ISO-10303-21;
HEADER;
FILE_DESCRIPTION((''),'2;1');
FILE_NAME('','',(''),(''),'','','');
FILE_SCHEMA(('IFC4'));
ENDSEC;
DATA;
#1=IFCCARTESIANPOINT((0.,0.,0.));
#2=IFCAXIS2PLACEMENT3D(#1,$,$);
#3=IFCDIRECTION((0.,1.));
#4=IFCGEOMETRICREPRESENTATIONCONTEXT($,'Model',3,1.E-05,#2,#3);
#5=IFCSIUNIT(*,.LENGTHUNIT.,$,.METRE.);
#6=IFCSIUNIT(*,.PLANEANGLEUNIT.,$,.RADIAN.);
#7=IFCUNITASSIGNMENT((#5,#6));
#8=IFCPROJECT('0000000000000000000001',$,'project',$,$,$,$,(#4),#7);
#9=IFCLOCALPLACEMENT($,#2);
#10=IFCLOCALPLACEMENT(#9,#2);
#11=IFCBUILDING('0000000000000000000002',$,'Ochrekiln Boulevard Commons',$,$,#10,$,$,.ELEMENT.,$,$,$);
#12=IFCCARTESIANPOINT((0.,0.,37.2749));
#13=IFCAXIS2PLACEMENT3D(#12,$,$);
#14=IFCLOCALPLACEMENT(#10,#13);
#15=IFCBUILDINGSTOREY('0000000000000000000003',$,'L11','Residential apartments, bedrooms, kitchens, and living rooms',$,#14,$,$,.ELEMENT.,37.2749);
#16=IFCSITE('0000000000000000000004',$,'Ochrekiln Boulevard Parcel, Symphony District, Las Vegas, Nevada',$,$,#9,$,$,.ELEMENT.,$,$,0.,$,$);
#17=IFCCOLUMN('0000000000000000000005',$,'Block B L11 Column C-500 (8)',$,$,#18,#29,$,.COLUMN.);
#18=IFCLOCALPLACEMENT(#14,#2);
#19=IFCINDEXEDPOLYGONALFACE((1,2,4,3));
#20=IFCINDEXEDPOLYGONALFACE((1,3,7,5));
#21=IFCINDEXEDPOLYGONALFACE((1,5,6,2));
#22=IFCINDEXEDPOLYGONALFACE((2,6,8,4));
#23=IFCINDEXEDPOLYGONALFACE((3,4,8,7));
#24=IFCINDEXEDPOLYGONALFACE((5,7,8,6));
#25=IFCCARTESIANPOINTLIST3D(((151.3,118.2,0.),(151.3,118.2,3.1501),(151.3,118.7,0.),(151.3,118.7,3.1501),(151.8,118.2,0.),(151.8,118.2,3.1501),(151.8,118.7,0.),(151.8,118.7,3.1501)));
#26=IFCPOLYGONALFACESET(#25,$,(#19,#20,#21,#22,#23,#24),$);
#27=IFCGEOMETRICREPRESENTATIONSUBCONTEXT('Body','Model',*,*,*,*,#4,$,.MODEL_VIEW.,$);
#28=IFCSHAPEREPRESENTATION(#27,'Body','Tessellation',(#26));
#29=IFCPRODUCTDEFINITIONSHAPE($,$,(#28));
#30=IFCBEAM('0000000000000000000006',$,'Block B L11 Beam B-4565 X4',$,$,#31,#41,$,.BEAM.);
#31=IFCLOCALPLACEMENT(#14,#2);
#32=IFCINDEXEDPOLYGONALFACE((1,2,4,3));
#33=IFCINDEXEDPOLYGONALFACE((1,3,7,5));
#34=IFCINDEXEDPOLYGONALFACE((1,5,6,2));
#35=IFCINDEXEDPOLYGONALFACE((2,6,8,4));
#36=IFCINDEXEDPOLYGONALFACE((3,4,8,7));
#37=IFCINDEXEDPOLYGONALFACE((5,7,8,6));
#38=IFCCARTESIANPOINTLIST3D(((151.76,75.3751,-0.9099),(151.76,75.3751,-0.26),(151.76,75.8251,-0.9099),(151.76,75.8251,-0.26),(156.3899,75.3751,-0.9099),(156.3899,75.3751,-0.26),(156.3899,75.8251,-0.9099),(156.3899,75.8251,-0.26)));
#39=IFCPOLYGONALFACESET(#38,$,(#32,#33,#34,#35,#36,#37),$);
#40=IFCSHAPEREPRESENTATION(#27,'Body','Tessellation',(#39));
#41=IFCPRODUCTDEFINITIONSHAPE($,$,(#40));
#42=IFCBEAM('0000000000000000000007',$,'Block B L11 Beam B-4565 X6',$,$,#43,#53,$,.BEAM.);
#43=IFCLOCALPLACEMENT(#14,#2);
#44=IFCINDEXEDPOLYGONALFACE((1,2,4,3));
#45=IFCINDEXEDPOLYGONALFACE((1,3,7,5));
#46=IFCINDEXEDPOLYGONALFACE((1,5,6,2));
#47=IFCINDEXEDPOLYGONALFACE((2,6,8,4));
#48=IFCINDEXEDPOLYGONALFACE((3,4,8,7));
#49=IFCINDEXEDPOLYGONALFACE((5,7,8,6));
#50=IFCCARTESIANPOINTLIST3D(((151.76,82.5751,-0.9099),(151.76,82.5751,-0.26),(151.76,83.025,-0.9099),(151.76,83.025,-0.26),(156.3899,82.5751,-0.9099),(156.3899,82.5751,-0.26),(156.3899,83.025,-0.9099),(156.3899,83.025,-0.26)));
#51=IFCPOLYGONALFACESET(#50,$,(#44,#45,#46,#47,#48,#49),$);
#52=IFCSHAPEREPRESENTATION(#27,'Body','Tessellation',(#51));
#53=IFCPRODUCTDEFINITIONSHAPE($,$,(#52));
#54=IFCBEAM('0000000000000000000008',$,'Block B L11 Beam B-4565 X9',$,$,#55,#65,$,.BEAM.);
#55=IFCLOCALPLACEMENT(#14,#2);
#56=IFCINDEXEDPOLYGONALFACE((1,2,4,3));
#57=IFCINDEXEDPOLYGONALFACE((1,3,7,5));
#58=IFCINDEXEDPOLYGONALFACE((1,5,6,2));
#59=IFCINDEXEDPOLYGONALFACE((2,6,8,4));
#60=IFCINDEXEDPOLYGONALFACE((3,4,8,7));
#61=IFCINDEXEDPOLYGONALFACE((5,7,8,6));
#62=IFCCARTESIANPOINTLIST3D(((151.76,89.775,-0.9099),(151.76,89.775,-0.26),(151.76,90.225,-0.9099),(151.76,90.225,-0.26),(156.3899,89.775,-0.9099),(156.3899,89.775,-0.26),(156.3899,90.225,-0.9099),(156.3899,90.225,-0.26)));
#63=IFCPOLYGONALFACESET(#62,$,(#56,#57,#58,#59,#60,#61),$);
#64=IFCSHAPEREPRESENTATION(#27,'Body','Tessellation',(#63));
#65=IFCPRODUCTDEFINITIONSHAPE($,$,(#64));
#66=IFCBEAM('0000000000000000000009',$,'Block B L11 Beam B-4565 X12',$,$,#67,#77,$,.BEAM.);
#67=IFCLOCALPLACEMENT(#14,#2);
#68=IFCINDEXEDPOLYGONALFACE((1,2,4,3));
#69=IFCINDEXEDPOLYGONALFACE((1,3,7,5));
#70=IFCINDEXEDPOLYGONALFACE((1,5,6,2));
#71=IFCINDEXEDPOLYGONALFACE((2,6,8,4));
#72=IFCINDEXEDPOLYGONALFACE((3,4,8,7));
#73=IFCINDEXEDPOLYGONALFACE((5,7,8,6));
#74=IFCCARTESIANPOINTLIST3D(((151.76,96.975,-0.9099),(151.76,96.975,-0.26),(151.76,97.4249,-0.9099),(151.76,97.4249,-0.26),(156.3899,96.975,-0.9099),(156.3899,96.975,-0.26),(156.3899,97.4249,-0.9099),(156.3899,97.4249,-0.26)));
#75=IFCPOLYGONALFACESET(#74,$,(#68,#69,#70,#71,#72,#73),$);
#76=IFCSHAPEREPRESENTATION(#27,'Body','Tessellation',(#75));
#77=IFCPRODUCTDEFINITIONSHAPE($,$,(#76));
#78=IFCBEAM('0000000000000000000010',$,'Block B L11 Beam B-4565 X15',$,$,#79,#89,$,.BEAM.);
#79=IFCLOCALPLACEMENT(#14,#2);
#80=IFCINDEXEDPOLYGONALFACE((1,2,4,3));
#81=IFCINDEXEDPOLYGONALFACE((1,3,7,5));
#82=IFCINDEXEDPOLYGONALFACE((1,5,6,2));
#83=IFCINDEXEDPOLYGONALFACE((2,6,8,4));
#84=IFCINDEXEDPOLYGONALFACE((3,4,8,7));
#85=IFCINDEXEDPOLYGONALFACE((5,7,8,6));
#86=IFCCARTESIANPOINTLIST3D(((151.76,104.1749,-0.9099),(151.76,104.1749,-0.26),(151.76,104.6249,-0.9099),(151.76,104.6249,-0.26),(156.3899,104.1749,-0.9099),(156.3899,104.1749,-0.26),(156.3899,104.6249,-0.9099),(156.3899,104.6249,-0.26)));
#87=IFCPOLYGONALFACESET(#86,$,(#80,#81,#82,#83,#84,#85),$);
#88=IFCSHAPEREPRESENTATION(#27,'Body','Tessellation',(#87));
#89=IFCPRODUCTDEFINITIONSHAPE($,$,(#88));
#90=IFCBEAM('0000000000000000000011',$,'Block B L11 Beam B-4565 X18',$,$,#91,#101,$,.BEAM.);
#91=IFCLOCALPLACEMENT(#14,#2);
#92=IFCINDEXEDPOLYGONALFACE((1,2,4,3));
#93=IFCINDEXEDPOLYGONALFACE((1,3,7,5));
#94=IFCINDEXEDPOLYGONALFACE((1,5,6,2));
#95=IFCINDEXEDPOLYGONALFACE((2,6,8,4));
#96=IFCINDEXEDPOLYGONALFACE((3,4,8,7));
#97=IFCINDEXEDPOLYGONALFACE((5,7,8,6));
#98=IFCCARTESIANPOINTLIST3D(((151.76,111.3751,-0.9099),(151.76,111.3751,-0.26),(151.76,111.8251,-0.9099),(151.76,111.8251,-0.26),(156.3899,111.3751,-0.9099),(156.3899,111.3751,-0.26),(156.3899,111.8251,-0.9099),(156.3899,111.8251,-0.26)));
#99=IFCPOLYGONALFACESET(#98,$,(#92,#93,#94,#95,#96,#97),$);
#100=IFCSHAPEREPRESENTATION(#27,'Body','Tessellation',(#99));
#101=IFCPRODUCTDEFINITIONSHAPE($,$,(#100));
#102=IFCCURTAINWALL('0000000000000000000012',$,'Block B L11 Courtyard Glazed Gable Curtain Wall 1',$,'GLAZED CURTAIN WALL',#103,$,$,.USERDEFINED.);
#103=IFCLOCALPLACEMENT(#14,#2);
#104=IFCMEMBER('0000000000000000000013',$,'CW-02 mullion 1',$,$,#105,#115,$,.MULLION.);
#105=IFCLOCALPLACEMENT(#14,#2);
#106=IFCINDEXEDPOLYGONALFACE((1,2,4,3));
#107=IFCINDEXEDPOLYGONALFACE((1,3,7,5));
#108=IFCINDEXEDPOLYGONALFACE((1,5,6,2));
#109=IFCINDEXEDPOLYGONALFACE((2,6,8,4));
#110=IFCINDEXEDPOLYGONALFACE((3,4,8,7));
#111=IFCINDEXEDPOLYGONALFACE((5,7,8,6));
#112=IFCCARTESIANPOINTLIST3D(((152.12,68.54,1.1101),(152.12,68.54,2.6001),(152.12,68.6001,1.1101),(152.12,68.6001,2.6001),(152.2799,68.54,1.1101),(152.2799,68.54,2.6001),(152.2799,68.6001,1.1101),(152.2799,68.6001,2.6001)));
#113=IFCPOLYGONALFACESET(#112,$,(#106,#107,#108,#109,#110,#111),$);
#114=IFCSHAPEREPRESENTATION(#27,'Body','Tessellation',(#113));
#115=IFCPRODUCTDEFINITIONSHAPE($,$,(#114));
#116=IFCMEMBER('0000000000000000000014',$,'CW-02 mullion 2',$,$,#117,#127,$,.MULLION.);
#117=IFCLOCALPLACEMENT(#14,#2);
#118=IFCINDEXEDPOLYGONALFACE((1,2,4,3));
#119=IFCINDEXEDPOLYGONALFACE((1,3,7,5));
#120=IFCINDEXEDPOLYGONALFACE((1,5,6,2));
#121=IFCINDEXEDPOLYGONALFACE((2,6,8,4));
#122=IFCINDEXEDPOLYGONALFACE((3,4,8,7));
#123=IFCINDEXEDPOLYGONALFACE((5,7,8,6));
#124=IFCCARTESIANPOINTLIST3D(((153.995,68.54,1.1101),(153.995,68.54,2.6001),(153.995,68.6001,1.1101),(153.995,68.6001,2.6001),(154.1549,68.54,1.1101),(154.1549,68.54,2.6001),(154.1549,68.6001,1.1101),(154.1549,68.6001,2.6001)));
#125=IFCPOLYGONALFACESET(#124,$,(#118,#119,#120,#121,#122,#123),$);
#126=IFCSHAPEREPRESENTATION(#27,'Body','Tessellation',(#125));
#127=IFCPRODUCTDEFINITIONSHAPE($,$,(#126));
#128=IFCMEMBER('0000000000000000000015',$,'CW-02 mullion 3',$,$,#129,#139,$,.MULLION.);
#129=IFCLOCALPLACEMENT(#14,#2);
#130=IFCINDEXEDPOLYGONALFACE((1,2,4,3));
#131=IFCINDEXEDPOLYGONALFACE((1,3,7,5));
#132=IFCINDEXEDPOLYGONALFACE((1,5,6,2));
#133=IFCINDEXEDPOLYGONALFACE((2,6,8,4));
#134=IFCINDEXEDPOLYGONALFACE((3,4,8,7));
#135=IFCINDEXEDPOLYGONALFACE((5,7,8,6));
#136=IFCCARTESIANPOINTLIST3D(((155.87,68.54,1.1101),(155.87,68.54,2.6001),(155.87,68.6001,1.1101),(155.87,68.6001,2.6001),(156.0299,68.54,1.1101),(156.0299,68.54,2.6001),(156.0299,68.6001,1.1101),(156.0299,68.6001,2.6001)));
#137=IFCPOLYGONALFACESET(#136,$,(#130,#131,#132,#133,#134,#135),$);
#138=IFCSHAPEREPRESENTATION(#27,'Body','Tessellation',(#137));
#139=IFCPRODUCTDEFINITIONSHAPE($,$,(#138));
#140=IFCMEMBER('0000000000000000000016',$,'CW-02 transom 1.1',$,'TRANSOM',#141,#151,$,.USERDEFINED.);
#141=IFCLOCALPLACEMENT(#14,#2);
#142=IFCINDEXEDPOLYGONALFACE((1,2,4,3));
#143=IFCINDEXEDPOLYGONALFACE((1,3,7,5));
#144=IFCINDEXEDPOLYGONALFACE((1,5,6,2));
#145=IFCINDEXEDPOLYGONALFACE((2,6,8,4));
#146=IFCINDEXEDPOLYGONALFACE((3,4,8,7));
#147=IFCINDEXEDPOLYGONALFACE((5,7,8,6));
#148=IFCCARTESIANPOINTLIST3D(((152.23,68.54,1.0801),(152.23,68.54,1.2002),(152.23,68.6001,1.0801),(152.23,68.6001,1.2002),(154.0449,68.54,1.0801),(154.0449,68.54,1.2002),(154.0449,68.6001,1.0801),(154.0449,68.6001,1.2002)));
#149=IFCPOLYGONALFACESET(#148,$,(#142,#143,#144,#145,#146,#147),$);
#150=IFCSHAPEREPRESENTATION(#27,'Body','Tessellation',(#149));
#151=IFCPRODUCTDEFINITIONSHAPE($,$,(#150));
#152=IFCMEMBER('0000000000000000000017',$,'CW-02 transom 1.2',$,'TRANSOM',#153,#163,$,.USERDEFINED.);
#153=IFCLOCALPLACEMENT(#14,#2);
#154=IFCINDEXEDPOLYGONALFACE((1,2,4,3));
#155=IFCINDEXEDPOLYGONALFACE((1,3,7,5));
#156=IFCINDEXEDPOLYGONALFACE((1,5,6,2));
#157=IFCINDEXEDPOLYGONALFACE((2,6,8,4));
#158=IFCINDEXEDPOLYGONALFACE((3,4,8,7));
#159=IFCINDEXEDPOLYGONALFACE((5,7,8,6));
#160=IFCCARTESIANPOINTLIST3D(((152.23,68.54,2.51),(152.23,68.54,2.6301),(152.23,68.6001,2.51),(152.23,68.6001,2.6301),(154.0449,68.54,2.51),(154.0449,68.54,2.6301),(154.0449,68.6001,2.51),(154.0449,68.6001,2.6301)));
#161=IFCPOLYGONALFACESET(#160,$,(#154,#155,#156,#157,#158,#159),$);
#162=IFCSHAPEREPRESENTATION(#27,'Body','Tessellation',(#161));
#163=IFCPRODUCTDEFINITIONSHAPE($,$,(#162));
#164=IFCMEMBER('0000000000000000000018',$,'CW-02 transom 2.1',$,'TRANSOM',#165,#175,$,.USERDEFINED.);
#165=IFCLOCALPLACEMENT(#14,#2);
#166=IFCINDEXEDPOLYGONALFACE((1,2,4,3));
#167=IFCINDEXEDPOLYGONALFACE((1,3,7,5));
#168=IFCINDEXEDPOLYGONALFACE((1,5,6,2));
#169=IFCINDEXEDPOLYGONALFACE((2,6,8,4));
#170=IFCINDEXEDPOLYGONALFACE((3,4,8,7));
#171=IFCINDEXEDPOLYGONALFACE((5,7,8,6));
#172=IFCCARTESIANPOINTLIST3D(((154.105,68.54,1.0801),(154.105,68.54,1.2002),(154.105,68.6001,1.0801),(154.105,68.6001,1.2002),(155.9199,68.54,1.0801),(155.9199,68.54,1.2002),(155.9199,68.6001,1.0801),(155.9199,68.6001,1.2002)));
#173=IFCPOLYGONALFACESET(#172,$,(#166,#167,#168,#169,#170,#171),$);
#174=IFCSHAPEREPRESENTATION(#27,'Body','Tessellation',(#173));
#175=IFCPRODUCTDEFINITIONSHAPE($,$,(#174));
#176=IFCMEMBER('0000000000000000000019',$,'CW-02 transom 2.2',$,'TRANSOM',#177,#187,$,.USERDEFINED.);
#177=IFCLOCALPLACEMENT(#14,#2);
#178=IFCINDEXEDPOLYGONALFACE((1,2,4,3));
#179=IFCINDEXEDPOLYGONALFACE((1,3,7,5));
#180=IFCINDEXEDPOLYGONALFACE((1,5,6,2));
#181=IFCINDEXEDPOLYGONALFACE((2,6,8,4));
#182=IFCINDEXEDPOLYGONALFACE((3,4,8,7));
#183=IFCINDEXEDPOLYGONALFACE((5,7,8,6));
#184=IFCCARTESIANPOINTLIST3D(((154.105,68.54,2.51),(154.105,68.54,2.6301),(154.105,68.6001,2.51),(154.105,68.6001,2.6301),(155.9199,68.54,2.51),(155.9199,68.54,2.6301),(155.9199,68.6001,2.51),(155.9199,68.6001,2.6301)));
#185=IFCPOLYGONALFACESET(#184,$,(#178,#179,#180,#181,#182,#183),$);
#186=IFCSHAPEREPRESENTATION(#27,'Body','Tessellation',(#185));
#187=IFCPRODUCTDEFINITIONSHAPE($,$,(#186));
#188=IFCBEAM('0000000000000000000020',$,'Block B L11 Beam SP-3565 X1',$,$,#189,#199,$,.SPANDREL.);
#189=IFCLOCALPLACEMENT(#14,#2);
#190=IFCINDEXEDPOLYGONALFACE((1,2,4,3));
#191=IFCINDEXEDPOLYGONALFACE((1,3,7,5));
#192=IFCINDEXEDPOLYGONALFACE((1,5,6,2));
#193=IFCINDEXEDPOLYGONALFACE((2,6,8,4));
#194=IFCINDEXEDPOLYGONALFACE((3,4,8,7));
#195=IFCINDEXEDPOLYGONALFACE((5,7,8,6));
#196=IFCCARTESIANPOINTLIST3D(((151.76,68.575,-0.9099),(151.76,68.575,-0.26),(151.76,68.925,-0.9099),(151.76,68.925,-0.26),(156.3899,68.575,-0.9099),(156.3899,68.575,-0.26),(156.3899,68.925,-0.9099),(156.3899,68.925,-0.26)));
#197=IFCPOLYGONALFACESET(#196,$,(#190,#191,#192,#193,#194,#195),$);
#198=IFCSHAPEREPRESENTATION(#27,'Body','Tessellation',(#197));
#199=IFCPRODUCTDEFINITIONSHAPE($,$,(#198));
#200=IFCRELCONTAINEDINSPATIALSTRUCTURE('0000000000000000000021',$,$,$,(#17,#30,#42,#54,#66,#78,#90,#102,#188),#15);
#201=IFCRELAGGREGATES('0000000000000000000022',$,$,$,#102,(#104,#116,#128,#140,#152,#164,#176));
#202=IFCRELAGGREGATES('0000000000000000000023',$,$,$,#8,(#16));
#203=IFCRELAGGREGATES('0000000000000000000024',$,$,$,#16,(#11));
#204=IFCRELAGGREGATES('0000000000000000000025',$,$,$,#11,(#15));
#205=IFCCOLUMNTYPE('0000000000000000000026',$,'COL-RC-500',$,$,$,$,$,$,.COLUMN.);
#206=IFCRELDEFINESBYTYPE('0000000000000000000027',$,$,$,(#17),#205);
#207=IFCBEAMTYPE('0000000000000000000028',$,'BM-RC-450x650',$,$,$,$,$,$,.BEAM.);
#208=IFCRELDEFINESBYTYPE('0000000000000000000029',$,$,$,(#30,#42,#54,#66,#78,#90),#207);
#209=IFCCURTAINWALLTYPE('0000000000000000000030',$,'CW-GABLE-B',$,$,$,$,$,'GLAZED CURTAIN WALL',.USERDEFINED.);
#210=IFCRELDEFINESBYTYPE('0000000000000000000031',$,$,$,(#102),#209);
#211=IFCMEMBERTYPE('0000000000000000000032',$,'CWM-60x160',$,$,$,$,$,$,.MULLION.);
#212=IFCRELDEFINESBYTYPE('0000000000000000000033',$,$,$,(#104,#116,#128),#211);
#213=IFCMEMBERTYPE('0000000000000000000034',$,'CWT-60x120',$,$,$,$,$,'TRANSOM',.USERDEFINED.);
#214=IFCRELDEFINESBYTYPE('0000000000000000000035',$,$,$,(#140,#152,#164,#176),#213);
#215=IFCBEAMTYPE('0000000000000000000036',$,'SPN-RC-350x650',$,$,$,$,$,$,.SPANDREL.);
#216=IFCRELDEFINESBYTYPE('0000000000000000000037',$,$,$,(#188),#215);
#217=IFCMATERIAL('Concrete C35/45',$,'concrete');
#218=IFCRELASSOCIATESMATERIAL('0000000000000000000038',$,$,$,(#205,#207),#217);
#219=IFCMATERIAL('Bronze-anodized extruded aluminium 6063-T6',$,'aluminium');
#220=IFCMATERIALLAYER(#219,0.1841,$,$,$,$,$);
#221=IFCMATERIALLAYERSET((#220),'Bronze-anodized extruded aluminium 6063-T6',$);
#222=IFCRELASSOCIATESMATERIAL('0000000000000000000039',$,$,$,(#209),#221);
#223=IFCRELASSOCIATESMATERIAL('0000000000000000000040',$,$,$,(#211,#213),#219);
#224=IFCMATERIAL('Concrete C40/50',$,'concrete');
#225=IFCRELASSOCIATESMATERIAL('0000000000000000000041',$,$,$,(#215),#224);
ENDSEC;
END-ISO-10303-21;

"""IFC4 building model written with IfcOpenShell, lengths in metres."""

from ifc_helpers import new_model, si_unit, direction, frame, origin, origin_2d, place, context, subcontext, project, spatial, rectangle, extrude, material, layer, layer_set, material_profile, profile_set, type_object, element, aggregate, save


model = new_model("IFC4")

# Units and contexts
model_context = context("Model", 3, precision=1e-05, world=origin(), true_north=direction((0.0, 1.0)))
body_context = subcontext(model_context, "Body", "Model", "MODEL_VIEW")
ifc_project = project(units=[si_unit("LENGTHUNIT", "METRE"), si_unit("PLANEANGLEUNIT", "RADIAN")], contexts=[model_context])

# Site, building, storey
site_placement = place(None, origin())
site = spatial("IfcSite", under=ifc_project, at=site_placement, Name="Ochrekiln Boulevard Parcel, Symphony District, Las Vegas, Nevada", CompositionType="ELEMENT", RefElevation=0.0)
building_placement = place(site_placement, origin())
building = spatial("IfcBuilding", under=site, at=building_placement, Name="Ochrekiln Boulevard Commons", CompositionType="ELEMENT")
storey_placement = place(building_placement, frame((0.0, 0.0, 37.2749)))
storey = spatial("IfcBuildingStorey", under=building, at=storey_placement, Name="L11", Description="Residential apartments, bedrooms, kitchens, and living rooms", CompositionType="ELEMENT", Elevation=37.2749)

# Column
ifc_material_1 = material(Name="Concrete C35/45", Category="concrete")
ifc_material_profile_1 = material_profile(ifc_material_1, rectangle(XDim=0.5, YDim=0.5, at=origin_2d()), Name="RC-COL-500x500")
ifc_profile_set_1 = profile_set([ifc_material_profile_1], Name="Concrete C35/45")
column_type = type_object("IfcColumnType", Name="COL-RC-500", PredefinedType="COLUMN", material=ifc_profile_set_1)
column_placement = place(storey_placement, frame((151.55, 118.45, 0.0), z_axis=(0.0, 0.0, 1.0), x_axis=(1.0, 0.0, 0.0)))
element("IfcColumn", 1, at=column_placement, inside=storey, type_object=column_type, Name="Block B L11 Column C-500 (8)", PredefinedType="COLUMN", context=body_context, shape_type="SweptSolid", body=[
    extrude(rectangle(XDim=0.5, YDim=0.5, at=origin_2d()), origin(), (0.0, 0.0, 1.0), 3.1501),
])

# Beams
ifc_material_profile_2 = material_profile(ifc_material_1, rectangle(XDim=0.45, YDim=0.6499, at=origin_2d()), Name="RC-BM-450x650")
ifc_profile_set_2 = profile_set([ifc_material_profile_2], Name="Concrete C35/45")
beam_type_1 = type_object("IfcBeamType", Name="BM-RC-450x650", PredefinedType="BEAM", material=ifc_profile_set_2)
for number, where, z_axis, x_axis, name in (
    (2, (151.76, 75.6001, -0.585), (1.0, 0.0, 0.0), (0.0, 1.0, 0.0), "Block B L11 Beam B-4565 X4"),
    (3, (151.76, 82.8, -0.585), (1.0, 0.0, 0.0), (0.0, 1.0, 0.0), "Block B L11 Beam B-4565 X6"),
    (4, (151.76, 90.0, -0.585), (1.0, 0.0, 0.0), (0.0, 1.0, 0.0), "Block B L11 Beam B-4565 X9"),
    (5, (151.76, 97.2, -0.585), (1.0, 0.0, 0.0), (0.0, 1.0, 0.0), "Block B L11 Beam B-4565 X12"),
    (6, (151.76, 104.3999, -0.585), (1.0, 0.0, 0.0), (0.0, 1.0, 0.0), "Block B L11 Beam B-4565 X15"),
    (7, (151.76, 111.6001, -0.585), (1.0, 0.0, 0.0), (0.0, 1.0, 0.0), "Block B L11 Beam B-4565 X18"),
):
    element("IfcBeam", number, at=place(storey_placement, frame(where, z_axis=z_axis, x_axis=x_axis)), inside=storey, type_object=beam_type_1, Name=name, PredefinedType="BEAM", context=body_context, shape_type="SweptSolid", body=[
        extrude(rectangle(XDim=0.45, YDim=0.6499, at=origin_2d()), origin(), (0.0, 0.0, 1.0), 4.6299),
    ])

# Curtain wall, members
ifc_material_2 = material(Name="Bronze-anodized extruded aluminium 6063-T6", Category="aluminium")
ifc_layer_1 = layer(ifc_material_2, 0.1841)
ifc_layer_set_1 = layer_set([ifc_layer_1], Name="Bronze-anodized extruded aluminium 6063-T6")
curtain_wall_type = type_object("IfcCurtainWallType", Name="CW-GABLE-B", ElementType="GLAZED CURTAIN WALL", PredefinedType="USERDEFINED", material=ifc_layer_set_1)
curtain_wall_placement = place(storey_placement, origin())
curtain_wall = element("IfcCurtainWall", 8, at=curtain_wall_placement, inside=storey, type_object=curtain_wall_type, Name="Block B L11 Courtyard Glazed Gable Curtain Wall 1", ObjectType="GLAZED CURTAIN WALL", PredefinedType="USERDEFINED")
ifc_material_profile_3 = material_profile(ifc_material_2, rectangle(XDim=0.0601, YDim=0.1599, at=origin_2d()), Name="ALU-MUL-60x160")
ifc_profile_set_3 = profile_set([ifc_material_profile_3], Name="Bronze-anodized extruded aluminium 6063-T6")
member_type_1 = type_object("IfcMemberType", Name="CWM-60x160", PredefinedType="MULLION", material=ifc_profile_set_3)
member_1_placement = place(storey_placement, frame((152.2, 68.5701, 1.1101), z_axis=(0.0, 0.0, 1.0), x_axis=(0.0, 1.0, 0.0)))
member_1 = element("IfcMember", 9, at=member_1_placement, type_object=member_type_1, Name="CW-02 mullion 1", PredefinedType="MULLION", context=body_context, shape_type="SweptSolid", body=[
    extrude(rectangle(XDim=0.0601, YDim=0.1599, at=origin_2d()), origin(), (0.0, 0.0, 1.0), 1.49),
])
member_2_placement = place(storey_placement, frame((154.075, 68.5701, 1.1101), z_axis=(0.0, 0.0, 1.0), x_axis=(0.0, 1.0, 0.0)))
member_2 = element("IfcMember", 10, at=member_2_placement, type_object=member_type_1, Name="CW-02 mullion 2", PredefinedType="MULLION", context=body_context, shape_type="SweptSolid", body=[
    extrude(rectangle(XDim=0.0601, YDim=0.1599, at=origin_2d()), origin(), (0.0, 0.0, 1.0), 1.49),
])
member_3_placement = place(storey_placement, frame((155.95, 68.5701, 1.1101), z_axis=(0.0, 0.0, 1.0), x_axis=(0.0, 1.0, 0.0)))
member_3 = element("IfcMember", 11, at=member_3_placement, type_object=member_type_1, Name="CW-02 mullion 3", PredefinedType="MULLION", context=body_context, shape_type="SweptSolid", body=[
    extrude(rectangle(XDim=0.0601, YDim=0.1599, at=origin_2d()), origin(), (0.0, 0.0, 1.0), 1.49),
])
ifc_material_profile_4 = material_profile(ifc_material_2, rectangle(XDim=0.0601, YDim=0.1201, at=origin_2d()), Name="ALU-TRN-60x120")
ifc_profile_set_4 = profile_set([ifc_material_profile_4], Name="Bronze-anodized extruded aluminium 6063-T6")
member_type_2 = type_object("IfcMemberType", Name="CWT-60x120", ElementType="TRANSOM", PredefinedType="USERDEFINED", material=ifc_profile_set_4)
member_4_placement = place(storey_placement, frame((152.23, 68.5701, 1.1401), z_axis=(1.0, 0.0, 0.0), x_axis=(0.0, 1.0, 0.0)))
member_4 = element("IfcMember", 12, at=member_4_placement, type_object=member_type_2, Name="CW-02 transom 1.1", ObjectType="TRANSOM", PredefinedType="USERDEFINED", context=body_context, shape_type="SweptSolid", body=[
    extrude(rectangle(XDim=0.0601, YDim=0.1201, at=origin_2d()), origin(), (0.0, 0.0, 1.0), 1.8149),
])
member_5_placement = place(storey_placement, frame((152.23, 68.5701, 2.5701), z_axis=(1.0, 0.0, 0.0), x_axis=(0.0, 1.0, 0.0)))
member_5 = element("IfcMember", 13, at=member_5_placement, type_object=member_type_2, Name="CW-02 transom 1.2", ObjectType="TRANSOM", PredefinedType="USERDEFINED", context=body_context, shape_type="SweptSolid", body=[
    extrude(rectangle(XDim=0.0601, YDim=0.1201, at=origin_2d()), origin(), (0.0, 0.0, 1.0), 1.8149),
])
member_6_placement = place(storey_placement, frame((154.105, 68.5701, 1.1401), z_axis=(1.0, 0.0, 0.0), x_axis=(0.0, 1.0, 0.0)))
member_6 = element("IfcMember", 14, at=member_6_placement, type_object=member_type_2, Name="CW-02 transom 2.1", ObjectType="TRANSOM", PredefinedType="USERDEFINED", context=body_context, shape_type="SweptSolid", body=[
    extrude(rectangle(XDim=0.0601, YDim=0.1201, at=origin_2d()), origin(), (0.0, 0.0, 1.0), 1.8149),
])
member_7_placement = place(storey_placement, frame((154.105, 68.5701, 2.5701), z_axis=(1.0, 0.0, 0.0), x_axis=(0.0, 1.0, 0.0)))
member_7 = element("IfcMember", 15, at=member_7_placement, type_object=member_type_2, Name="CW-02 transom 2.2", ObjectType="TRANSOM", PredefinedType="USERDEFINED", context=body_context, shape_type="SweptSolid", body=[
    extrude(rectangle(XDim=0.0601, YDim=0.1201, at=origin_2d()), origin(), (0.0, 0.0, 1.0), 1.8149),
])

# Beam
ifc_material_3 = material(Name="Concrete C40/50", Category="concrete")
ifc_material_profile_5 = material_profile(ifc_material_3, rectangle(XDim=0.3501, YDim=0.6499, at=origin_2d()), Name="RC-SPN-350x650")
ifc_profile_set_5 = profile_set([ifc_material_profile_5], Name="Concrete C40/50")
beam_type_2 = type_object("IfcBeamType", Name="SPN-RC-350x650", PredefinedType="SPANDREL", material=ifc_profile_set_5)
for number, where, z_axis, x_axis, name in (
    (16, (151.76, 68.75, -0.585), (1.0, 0.0, 0.0), (0.0, 1.0, 0.0), "Block B L11 Beam SP-3565 X1"),
):
    element("IfcBeam", number, at=place(storey_placement, frame(where, z_axis=z_axis, x_axis=x_axis)), inside=storey, type_object=beam_type_2, Name=name, PredefinedType="SPANDREL", context=body_context, shape_type="SweptSolid", body=[
        extrude(rectangle(XDim=0.3501, YDim=0.6499, at=origin_2d()), origin(), (0.0, 0.0, 1.0), 4.6299),
    ])

aggregate(curtain_wall, [member_1, member_2, member_3, member_4, member_5, member_6, member_7])

save(model, "model.ifc")
